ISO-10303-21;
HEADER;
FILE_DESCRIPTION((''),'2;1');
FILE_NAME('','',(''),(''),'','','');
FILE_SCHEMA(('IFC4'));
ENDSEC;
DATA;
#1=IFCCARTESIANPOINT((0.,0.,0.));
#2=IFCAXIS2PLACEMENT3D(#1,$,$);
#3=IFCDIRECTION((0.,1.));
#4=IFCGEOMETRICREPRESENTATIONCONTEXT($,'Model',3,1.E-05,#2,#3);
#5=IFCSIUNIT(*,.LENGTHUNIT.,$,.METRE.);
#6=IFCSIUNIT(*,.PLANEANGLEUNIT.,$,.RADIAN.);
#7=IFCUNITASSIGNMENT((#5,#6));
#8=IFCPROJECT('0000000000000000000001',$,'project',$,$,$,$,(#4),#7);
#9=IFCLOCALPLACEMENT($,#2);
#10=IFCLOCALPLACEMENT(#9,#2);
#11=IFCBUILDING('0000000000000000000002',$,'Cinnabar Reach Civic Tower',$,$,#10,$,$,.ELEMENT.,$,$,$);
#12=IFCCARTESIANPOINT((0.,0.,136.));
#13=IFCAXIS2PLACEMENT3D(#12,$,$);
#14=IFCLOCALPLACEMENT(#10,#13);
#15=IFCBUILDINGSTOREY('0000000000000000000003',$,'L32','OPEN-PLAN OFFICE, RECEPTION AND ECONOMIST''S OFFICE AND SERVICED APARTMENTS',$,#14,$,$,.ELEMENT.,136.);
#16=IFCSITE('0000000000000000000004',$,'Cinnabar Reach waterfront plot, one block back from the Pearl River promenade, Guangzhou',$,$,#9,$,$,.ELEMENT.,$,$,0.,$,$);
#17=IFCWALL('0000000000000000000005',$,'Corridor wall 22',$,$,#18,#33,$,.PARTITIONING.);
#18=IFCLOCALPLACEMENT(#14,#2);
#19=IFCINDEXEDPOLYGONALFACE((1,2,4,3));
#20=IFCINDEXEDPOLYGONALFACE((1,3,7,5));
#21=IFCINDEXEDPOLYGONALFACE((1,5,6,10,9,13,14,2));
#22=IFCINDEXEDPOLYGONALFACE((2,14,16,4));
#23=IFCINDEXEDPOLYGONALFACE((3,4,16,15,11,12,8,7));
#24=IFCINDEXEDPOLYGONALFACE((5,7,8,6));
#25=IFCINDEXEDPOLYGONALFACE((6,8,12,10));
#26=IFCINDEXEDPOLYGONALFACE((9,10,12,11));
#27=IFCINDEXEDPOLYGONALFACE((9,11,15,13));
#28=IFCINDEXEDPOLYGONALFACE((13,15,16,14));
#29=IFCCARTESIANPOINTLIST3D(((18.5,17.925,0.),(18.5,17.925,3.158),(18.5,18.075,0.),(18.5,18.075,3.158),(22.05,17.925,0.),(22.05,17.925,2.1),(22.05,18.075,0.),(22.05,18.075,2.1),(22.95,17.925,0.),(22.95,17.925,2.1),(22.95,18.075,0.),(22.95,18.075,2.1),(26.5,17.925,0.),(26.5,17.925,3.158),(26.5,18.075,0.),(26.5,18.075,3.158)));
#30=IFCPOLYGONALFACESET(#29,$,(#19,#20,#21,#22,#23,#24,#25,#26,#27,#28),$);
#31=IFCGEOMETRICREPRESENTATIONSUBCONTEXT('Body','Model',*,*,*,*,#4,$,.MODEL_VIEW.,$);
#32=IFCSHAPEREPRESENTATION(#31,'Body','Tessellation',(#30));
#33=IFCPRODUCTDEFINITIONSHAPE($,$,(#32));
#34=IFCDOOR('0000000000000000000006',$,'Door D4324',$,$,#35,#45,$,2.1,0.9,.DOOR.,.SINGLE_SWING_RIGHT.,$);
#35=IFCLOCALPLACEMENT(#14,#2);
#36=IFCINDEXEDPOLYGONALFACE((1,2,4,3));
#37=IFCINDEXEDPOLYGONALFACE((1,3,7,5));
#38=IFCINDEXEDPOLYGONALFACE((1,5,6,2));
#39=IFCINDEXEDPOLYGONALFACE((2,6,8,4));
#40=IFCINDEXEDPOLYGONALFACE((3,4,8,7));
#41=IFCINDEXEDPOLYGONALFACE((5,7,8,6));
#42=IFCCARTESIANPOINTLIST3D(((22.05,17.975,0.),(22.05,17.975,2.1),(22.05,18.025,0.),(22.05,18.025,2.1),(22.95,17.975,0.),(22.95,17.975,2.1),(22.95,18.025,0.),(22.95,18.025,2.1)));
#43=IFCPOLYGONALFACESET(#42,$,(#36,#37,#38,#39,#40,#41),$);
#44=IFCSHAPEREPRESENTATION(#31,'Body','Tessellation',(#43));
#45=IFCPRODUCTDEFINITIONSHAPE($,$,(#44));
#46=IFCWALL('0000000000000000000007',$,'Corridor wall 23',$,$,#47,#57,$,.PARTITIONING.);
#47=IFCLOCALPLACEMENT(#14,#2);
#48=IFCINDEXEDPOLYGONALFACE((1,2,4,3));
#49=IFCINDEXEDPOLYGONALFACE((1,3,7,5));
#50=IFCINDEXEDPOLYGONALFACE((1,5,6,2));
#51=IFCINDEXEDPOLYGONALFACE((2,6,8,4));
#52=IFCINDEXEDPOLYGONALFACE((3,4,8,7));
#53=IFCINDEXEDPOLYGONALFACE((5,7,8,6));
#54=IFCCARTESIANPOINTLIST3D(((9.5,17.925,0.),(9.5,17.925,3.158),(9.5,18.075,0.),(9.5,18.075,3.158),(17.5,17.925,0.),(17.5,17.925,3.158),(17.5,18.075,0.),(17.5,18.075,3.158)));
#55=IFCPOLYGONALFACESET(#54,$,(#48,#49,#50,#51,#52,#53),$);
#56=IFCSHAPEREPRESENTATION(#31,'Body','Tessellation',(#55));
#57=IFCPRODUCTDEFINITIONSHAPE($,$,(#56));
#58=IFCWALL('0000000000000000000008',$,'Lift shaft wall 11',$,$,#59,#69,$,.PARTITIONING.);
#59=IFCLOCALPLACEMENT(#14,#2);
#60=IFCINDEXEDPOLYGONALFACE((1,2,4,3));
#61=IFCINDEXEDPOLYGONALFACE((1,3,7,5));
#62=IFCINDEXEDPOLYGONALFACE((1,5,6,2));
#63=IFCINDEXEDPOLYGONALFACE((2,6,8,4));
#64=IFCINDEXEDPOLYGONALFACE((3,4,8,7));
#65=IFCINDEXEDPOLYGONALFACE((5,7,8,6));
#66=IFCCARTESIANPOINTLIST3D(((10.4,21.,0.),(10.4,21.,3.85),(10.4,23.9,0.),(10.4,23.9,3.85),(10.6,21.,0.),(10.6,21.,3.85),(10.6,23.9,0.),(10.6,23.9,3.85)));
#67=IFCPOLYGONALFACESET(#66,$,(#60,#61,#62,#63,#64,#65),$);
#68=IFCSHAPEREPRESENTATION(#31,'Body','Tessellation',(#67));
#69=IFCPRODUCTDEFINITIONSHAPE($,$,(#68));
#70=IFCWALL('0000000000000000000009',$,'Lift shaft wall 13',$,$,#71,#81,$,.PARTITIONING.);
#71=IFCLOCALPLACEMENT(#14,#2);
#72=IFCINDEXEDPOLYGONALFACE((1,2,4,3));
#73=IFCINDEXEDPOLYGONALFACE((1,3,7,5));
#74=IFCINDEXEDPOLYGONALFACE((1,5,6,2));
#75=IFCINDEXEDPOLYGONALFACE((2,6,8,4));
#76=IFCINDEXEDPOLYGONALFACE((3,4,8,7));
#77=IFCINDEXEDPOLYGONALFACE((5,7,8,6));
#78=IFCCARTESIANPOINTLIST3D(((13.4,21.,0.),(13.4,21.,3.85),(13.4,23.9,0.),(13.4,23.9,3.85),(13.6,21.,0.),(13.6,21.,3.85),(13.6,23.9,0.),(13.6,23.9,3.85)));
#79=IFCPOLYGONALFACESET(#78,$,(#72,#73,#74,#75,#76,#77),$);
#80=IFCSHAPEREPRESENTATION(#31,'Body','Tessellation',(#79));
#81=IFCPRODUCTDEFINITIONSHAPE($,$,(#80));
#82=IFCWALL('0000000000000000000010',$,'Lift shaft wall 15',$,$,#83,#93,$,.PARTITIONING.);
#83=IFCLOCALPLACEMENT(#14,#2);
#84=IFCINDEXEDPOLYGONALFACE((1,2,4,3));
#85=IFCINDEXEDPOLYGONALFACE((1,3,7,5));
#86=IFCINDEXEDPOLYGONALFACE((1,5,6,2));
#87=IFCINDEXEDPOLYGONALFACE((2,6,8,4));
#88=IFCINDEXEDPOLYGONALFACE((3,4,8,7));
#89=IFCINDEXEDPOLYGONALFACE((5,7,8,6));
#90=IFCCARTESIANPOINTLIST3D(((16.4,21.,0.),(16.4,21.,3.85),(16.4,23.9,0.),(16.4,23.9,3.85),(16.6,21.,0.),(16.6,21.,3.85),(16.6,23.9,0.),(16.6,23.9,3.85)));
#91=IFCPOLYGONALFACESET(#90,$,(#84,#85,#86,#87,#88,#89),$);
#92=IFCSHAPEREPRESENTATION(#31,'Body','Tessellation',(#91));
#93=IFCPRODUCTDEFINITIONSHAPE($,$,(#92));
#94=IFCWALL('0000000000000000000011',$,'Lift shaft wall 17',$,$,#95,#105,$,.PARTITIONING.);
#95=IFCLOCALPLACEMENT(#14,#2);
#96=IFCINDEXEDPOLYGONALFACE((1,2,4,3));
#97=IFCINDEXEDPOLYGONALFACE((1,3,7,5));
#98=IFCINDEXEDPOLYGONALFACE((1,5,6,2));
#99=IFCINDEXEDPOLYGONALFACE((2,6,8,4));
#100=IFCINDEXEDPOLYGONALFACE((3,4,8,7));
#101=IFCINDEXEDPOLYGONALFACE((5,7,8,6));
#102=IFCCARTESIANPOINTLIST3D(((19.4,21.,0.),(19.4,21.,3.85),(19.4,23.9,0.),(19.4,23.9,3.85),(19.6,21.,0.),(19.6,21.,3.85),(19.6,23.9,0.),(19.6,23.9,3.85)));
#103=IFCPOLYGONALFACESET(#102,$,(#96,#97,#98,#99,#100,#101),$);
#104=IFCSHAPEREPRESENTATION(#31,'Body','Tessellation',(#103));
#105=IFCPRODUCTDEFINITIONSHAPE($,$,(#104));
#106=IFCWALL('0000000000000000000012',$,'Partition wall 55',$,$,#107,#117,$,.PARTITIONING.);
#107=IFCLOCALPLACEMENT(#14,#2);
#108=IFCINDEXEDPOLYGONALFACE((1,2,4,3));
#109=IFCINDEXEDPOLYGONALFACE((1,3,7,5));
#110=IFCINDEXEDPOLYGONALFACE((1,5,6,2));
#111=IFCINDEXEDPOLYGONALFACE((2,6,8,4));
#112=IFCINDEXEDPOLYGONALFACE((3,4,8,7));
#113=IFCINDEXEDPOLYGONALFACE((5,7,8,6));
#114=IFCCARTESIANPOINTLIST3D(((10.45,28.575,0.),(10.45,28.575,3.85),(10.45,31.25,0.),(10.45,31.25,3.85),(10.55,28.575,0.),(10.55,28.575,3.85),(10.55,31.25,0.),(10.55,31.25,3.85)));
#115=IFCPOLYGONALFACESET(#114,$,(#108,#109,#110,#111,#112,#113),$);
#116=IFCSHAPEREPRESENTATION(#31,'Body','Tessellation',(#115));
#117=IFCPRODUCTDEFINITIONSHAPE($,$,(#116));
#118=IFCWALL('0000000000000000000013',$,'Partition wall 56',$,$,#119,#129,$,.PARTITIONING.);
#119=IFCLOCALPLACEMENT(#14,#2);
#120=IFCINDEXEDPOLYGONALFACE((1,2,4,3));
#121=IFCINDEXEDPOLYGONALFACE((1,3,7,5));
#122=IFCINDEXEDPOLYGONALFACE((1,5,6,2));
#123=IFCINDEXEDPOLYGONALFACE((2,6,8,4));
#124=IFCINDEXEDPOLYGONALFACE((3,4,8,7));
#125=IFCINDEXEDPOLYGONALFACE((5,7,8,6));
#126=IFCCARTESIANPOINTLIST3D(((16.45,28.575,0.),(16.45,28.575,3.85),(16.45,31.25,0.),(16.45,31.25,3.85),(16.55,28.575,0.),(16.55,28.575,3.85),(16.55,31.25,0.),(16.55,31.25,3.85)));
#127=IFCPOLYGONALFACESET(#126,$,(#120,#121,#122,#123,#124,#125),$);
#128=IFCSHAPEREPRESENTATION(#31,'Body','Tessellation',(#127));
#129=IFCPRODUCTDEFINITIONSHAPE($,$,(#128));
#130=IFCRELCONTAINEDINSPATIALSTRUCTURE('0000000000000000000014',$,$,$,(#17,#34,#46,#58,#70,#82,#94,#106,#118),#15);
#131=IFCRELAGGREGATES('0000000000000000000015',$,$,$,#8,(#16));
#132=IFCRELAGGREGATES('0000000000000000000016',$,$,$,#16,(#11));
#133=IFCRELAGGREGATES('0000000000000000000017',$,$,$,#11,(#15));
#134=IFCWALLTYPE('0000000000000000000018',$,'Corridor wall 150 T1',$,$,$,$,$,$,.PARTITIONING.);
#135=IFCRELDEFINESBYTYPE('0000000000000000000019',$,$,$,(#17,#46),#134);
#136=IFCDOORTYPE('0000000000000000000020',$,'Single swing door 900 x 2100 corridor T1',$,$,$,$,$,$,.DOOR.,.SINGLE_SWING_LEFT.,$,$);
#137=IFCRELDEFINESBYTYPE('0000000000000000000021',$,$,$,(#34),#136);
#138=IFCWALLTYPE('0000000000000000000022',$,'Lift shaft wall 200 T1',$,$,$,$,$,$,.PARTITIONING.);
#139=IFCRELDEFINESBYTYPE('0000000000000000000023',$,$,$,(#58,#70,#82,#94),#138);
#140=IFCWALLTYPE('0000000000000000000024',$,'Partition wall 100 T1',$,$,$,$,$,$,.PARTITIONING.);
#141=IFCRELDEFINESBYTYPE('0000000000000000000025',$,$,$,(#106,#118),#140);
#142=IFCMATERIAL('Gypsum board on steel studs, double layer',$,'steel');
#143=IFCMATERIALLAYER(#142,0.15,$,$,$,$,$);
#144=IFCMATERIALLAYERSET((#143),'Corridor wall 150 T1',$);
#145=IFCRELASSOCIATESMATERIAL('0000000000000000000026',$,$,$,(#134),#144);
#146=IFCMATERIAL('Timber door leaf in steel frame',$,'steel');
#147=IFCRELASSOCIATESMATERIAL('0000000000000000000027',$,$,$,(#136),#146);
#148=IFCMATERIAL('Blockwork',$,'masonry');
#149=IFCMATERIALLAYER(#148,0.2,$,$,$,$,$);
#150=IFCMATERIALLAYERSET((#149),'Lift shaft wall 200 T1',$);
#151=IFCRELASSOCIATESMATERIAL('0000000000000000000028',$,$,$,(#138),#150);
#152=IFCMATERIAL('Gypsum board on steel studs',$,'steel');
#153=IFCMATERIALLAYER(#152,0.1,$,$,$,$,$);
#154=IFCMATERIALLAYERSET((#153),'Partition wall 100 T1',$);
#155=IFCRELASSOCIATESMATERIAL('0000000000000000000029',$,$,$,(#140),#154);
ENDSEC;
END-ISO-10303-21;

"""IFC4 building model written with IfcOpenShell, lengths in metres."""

from ifc_helpers import new_model, si_unit, direction, frame, frame_2d, origin, place, context, subcontext, project, spatial, rectangle, extrude, material, layer, layer_set, type_object, element, fill, save


model = new_model("IFC4")

# Units and contexts
model_context = context("Model", 3, precision=1e-05, world=origin(), true_north=direction((0.0, 1.0)))
body_context = subcontext(model_context, "Body", "Model", "MODEL_VIEW")
ifc_project = project(units=[si_unit("LENGTHUNIT", "METRE"), si_unit("PLANEANGLEUNIT", "RADIAN")], contexts=[model_context])

# Site, building, storey
site_placement = place(None, origin())
site = spatial("IfcSite", under=ifc_project, at=site_placement, Name="Cinnabar Reach waterfront plot, one block back from the Pearl River promenade, Guangzhou", CompositionType="ELEMENT", RefElevation=0.0)
building_placement = place(site_placement, origin())
building = spatial("IfcBuilding", under=site, at=building_placement, Name="Cinnabar Reach Civic Tower", CompositionType="ELEMENT")
storey_placement = place(building_placement, frame((0.0, 0.0, 136.0)))
storey = spatial("IfcBuildingStorey", under=building, at=storey_placement, Name="L32", Description="OPEN-PLAN OFFICE, RECEPTION AND ECONOMIST'S OFFICE AND SERVICED APARTMENTS", CompositionType="ELEMENT", Elevation=136.0)

# Wall, opening, door
ifc_material_1 = material(Name="Timber door leaf in steel frame", Category="steel")
ifc_material_2 = material(Name="Gypsum board on steel studs, double layer", Category="steel")
ifc_layer_1 = layer(ifc_material_2, 0.15)
ifc_layer_set_1 = layer_set([ifc_layer_1], Name="Corridor wall 150 T1")
wall_type_1 = type_object("IfcWallType", Name="Corridor wall 150 T1", PredefinedType="PARTITIONING", material=ifc_layer_set_1)
wall_1_placement = place(storey_placement, frame((18.5, 18.0, 0.0), z_axis=(0.0, 0.0, 1.0), x_axis=(1.0, 0.0, 0.0)))
wall_1 = element("IfcWall", 1, at=wall_1_placement, inside=storey, type_object=wall_type_1, Name="Corridor wall 22", PredefinedType="PARTITIONING", context=body_context, shape_type="SweptSolid", body=[
    extrude(rectangle(XDim=8.0, YDim=0.15, at=frame_2d((4.0, 0.0))), origin(), (0.0, 0.0, 1.0), 3.158),
])
opening_1_placement = place(wall_1_placement, frame((3.55, 0.0, 0.0)))
opening_1 = element("IfcOpeningElement", 2, at=opening_1_placement, cuts=wall_1, PredefinedType="OPENING", context=body_context, shape_type="SweptSolid", body=[
    extrude(rectangle(XDim=0.9, YDim=2.1, at=frame_2d((0.45, 1.05))), frame((0.0, 0.085, 0.0), z_axis=(0.0, -1.0, 0.0), x_axis=(1.0, 0.0, 0.0)), (0.0, 0.0, 1.0), 0.17),
])
door_type_1 = type_object("IfcDoorType", Name="Single swing door 900 x 2100 corridor T1", OperationType="SINGLE_SWING_LEFT", PredefinedType="DOOR", material=ifc_material_1)
door_1_placement = place(opening_1_placement, frame((0.9, 0.0, 0.0), z_axis=(0.0, 0.0, 1.0), x_axis=(-1.0, 0.0, 0.0)))
door_1 = element("IfcDoor", 3, at=door_1_placement, inside=storey, type_object=door_type_1, Name="Door D4324", OperationType="SINGLE_SWING_RIGHT", OverallHeight=2.1, OverallWidth=0.9, PredefinedType="DOOR", context=body_context, shape_type="SweptSolid", body=[
    extrude(rectangle(XDim=0.9, YDim=2.1, at=frame_2d((0.45, 1.05))), frame((0.0, 0.025, 0.0), z_axis=(0.0, -1.0, 0.0), x_axis=(1.0, 0.0, 0.0)), (0.0, 0.0, 1.0), 0.05),
])
fill(opening_1, door_1)

# Walls
wall_2_placement = place(storey_placement, frame((9.5, 18.0, 0.0), z_axis=(0.0, 0.0, 1.0), x_axis=(1.0, 0.0, 0.0)))
element("IfcWall", 4, at=wall_2_placement, inside=storey, type_object=wall_type_1, Name="Corridor wall 23", PredefinedType="PARTITIONING", context=body_context, shape_type="SweptSolid", body=[
    extrude(rectangle(XDim=8.0, YDim=0.15, at=frame_2d((4.0, 0.0))), origin(), (0.0, 0.0, 1.0), 3.158),
])
ifc_material_3 = material(Name="Blockwork", Category="masonry")
ifc_layer_2 = layer(ifc_material_3, 0.2)
ifc_layer_set_2 = layer_set([ifc_layer_2], Name="Lift shaft wall 200 T1")
wall_type_2 = type_object("IfcWallType", Name="Lift shaft wall 200 T1", PredefinedType="PARTITIONING", material=ifc_layer_set_2)
for number, where, z_axis, x_axis, name in (
    (5, (10.5, 21.0, 0.0), (0.0, 0.0, 1.0), (0.0, 1.0, 0.0), "Lift shaft wall 11"),
    (6, (13.5, 21.0, 0.0), (0.0, 0.0, 1.0), (0.0, 1.0, 0.0), "Lift shaft wall 13"),
    (7, (16.5, 21.0, 0.0), (0.0, 0.0, 1.0), (0.0, 1.0, 0.0), "Lift shaft wall 15"),
    (8, (19.5, 21.0, 0.0), (0.0, 0.0, 1.0), (0.0, 1.0, 0.0), "Lift shaft wall 17"),
):
    element("IfcWall", number, at=place(storey_placement, frame(where, z_axis=z_axis, x_axis=x_axis)), inside=storey, type_object=wall_type_2, Name=name, PredefinedType="PARTITIONING", context=body_context, shape_type="SweptSolid", body=[
        extrude(rectangle(XDim=2.9, YDim=0.2, at=frame_2d((1.45, 0.0))), origin(), (0.0, 0.0, 1.0), 3.85),
    ])
ifc_material_4 = material(Name="Gypsum board on steel studs", Category="steel")
ifc_layer_3 = layer(ifc_material_4, 0.1)
ifc_layer_set_3 = layer_set([ifc_layer_3], Name="Partition wall 100 T1")
wall_type_3 = type_object("IfcWallType", Name="Partition wall 100 T1", PredefinedType="PARTITIONING", material=ifc_layer_set_3)
for number, where, z_axis, x_axis, name in (
    (9, (10.5, 28.575, 0.0), (0.0, 0.0, 1.0), (0.0, 1.0, 0.0), "Partition wall 55"),
    (10, (16.5, 28.575, 0.0), (0.0, 0.0, 1.0), (0.0, 1.0, 0.0), "Partition wall 56"),
):
    element("IfcWall", number, at=place(storey_placement, frame(where, z_axis=z_axis, x_axis=x_axis)), inside=storey, type_object=wall_type_3, Name=name, PredefinedType="PARTITIONING", context=body_context, shape_type="SweptSolid", body=[
        extrude(rectangle(XDim=2.675, YDim=0.1, at=frame_2d((1.3375, 0.0))), origin(), (0.0, 0.0, 1.0), 3.85),
    ])

save(model, "model.ifc")
